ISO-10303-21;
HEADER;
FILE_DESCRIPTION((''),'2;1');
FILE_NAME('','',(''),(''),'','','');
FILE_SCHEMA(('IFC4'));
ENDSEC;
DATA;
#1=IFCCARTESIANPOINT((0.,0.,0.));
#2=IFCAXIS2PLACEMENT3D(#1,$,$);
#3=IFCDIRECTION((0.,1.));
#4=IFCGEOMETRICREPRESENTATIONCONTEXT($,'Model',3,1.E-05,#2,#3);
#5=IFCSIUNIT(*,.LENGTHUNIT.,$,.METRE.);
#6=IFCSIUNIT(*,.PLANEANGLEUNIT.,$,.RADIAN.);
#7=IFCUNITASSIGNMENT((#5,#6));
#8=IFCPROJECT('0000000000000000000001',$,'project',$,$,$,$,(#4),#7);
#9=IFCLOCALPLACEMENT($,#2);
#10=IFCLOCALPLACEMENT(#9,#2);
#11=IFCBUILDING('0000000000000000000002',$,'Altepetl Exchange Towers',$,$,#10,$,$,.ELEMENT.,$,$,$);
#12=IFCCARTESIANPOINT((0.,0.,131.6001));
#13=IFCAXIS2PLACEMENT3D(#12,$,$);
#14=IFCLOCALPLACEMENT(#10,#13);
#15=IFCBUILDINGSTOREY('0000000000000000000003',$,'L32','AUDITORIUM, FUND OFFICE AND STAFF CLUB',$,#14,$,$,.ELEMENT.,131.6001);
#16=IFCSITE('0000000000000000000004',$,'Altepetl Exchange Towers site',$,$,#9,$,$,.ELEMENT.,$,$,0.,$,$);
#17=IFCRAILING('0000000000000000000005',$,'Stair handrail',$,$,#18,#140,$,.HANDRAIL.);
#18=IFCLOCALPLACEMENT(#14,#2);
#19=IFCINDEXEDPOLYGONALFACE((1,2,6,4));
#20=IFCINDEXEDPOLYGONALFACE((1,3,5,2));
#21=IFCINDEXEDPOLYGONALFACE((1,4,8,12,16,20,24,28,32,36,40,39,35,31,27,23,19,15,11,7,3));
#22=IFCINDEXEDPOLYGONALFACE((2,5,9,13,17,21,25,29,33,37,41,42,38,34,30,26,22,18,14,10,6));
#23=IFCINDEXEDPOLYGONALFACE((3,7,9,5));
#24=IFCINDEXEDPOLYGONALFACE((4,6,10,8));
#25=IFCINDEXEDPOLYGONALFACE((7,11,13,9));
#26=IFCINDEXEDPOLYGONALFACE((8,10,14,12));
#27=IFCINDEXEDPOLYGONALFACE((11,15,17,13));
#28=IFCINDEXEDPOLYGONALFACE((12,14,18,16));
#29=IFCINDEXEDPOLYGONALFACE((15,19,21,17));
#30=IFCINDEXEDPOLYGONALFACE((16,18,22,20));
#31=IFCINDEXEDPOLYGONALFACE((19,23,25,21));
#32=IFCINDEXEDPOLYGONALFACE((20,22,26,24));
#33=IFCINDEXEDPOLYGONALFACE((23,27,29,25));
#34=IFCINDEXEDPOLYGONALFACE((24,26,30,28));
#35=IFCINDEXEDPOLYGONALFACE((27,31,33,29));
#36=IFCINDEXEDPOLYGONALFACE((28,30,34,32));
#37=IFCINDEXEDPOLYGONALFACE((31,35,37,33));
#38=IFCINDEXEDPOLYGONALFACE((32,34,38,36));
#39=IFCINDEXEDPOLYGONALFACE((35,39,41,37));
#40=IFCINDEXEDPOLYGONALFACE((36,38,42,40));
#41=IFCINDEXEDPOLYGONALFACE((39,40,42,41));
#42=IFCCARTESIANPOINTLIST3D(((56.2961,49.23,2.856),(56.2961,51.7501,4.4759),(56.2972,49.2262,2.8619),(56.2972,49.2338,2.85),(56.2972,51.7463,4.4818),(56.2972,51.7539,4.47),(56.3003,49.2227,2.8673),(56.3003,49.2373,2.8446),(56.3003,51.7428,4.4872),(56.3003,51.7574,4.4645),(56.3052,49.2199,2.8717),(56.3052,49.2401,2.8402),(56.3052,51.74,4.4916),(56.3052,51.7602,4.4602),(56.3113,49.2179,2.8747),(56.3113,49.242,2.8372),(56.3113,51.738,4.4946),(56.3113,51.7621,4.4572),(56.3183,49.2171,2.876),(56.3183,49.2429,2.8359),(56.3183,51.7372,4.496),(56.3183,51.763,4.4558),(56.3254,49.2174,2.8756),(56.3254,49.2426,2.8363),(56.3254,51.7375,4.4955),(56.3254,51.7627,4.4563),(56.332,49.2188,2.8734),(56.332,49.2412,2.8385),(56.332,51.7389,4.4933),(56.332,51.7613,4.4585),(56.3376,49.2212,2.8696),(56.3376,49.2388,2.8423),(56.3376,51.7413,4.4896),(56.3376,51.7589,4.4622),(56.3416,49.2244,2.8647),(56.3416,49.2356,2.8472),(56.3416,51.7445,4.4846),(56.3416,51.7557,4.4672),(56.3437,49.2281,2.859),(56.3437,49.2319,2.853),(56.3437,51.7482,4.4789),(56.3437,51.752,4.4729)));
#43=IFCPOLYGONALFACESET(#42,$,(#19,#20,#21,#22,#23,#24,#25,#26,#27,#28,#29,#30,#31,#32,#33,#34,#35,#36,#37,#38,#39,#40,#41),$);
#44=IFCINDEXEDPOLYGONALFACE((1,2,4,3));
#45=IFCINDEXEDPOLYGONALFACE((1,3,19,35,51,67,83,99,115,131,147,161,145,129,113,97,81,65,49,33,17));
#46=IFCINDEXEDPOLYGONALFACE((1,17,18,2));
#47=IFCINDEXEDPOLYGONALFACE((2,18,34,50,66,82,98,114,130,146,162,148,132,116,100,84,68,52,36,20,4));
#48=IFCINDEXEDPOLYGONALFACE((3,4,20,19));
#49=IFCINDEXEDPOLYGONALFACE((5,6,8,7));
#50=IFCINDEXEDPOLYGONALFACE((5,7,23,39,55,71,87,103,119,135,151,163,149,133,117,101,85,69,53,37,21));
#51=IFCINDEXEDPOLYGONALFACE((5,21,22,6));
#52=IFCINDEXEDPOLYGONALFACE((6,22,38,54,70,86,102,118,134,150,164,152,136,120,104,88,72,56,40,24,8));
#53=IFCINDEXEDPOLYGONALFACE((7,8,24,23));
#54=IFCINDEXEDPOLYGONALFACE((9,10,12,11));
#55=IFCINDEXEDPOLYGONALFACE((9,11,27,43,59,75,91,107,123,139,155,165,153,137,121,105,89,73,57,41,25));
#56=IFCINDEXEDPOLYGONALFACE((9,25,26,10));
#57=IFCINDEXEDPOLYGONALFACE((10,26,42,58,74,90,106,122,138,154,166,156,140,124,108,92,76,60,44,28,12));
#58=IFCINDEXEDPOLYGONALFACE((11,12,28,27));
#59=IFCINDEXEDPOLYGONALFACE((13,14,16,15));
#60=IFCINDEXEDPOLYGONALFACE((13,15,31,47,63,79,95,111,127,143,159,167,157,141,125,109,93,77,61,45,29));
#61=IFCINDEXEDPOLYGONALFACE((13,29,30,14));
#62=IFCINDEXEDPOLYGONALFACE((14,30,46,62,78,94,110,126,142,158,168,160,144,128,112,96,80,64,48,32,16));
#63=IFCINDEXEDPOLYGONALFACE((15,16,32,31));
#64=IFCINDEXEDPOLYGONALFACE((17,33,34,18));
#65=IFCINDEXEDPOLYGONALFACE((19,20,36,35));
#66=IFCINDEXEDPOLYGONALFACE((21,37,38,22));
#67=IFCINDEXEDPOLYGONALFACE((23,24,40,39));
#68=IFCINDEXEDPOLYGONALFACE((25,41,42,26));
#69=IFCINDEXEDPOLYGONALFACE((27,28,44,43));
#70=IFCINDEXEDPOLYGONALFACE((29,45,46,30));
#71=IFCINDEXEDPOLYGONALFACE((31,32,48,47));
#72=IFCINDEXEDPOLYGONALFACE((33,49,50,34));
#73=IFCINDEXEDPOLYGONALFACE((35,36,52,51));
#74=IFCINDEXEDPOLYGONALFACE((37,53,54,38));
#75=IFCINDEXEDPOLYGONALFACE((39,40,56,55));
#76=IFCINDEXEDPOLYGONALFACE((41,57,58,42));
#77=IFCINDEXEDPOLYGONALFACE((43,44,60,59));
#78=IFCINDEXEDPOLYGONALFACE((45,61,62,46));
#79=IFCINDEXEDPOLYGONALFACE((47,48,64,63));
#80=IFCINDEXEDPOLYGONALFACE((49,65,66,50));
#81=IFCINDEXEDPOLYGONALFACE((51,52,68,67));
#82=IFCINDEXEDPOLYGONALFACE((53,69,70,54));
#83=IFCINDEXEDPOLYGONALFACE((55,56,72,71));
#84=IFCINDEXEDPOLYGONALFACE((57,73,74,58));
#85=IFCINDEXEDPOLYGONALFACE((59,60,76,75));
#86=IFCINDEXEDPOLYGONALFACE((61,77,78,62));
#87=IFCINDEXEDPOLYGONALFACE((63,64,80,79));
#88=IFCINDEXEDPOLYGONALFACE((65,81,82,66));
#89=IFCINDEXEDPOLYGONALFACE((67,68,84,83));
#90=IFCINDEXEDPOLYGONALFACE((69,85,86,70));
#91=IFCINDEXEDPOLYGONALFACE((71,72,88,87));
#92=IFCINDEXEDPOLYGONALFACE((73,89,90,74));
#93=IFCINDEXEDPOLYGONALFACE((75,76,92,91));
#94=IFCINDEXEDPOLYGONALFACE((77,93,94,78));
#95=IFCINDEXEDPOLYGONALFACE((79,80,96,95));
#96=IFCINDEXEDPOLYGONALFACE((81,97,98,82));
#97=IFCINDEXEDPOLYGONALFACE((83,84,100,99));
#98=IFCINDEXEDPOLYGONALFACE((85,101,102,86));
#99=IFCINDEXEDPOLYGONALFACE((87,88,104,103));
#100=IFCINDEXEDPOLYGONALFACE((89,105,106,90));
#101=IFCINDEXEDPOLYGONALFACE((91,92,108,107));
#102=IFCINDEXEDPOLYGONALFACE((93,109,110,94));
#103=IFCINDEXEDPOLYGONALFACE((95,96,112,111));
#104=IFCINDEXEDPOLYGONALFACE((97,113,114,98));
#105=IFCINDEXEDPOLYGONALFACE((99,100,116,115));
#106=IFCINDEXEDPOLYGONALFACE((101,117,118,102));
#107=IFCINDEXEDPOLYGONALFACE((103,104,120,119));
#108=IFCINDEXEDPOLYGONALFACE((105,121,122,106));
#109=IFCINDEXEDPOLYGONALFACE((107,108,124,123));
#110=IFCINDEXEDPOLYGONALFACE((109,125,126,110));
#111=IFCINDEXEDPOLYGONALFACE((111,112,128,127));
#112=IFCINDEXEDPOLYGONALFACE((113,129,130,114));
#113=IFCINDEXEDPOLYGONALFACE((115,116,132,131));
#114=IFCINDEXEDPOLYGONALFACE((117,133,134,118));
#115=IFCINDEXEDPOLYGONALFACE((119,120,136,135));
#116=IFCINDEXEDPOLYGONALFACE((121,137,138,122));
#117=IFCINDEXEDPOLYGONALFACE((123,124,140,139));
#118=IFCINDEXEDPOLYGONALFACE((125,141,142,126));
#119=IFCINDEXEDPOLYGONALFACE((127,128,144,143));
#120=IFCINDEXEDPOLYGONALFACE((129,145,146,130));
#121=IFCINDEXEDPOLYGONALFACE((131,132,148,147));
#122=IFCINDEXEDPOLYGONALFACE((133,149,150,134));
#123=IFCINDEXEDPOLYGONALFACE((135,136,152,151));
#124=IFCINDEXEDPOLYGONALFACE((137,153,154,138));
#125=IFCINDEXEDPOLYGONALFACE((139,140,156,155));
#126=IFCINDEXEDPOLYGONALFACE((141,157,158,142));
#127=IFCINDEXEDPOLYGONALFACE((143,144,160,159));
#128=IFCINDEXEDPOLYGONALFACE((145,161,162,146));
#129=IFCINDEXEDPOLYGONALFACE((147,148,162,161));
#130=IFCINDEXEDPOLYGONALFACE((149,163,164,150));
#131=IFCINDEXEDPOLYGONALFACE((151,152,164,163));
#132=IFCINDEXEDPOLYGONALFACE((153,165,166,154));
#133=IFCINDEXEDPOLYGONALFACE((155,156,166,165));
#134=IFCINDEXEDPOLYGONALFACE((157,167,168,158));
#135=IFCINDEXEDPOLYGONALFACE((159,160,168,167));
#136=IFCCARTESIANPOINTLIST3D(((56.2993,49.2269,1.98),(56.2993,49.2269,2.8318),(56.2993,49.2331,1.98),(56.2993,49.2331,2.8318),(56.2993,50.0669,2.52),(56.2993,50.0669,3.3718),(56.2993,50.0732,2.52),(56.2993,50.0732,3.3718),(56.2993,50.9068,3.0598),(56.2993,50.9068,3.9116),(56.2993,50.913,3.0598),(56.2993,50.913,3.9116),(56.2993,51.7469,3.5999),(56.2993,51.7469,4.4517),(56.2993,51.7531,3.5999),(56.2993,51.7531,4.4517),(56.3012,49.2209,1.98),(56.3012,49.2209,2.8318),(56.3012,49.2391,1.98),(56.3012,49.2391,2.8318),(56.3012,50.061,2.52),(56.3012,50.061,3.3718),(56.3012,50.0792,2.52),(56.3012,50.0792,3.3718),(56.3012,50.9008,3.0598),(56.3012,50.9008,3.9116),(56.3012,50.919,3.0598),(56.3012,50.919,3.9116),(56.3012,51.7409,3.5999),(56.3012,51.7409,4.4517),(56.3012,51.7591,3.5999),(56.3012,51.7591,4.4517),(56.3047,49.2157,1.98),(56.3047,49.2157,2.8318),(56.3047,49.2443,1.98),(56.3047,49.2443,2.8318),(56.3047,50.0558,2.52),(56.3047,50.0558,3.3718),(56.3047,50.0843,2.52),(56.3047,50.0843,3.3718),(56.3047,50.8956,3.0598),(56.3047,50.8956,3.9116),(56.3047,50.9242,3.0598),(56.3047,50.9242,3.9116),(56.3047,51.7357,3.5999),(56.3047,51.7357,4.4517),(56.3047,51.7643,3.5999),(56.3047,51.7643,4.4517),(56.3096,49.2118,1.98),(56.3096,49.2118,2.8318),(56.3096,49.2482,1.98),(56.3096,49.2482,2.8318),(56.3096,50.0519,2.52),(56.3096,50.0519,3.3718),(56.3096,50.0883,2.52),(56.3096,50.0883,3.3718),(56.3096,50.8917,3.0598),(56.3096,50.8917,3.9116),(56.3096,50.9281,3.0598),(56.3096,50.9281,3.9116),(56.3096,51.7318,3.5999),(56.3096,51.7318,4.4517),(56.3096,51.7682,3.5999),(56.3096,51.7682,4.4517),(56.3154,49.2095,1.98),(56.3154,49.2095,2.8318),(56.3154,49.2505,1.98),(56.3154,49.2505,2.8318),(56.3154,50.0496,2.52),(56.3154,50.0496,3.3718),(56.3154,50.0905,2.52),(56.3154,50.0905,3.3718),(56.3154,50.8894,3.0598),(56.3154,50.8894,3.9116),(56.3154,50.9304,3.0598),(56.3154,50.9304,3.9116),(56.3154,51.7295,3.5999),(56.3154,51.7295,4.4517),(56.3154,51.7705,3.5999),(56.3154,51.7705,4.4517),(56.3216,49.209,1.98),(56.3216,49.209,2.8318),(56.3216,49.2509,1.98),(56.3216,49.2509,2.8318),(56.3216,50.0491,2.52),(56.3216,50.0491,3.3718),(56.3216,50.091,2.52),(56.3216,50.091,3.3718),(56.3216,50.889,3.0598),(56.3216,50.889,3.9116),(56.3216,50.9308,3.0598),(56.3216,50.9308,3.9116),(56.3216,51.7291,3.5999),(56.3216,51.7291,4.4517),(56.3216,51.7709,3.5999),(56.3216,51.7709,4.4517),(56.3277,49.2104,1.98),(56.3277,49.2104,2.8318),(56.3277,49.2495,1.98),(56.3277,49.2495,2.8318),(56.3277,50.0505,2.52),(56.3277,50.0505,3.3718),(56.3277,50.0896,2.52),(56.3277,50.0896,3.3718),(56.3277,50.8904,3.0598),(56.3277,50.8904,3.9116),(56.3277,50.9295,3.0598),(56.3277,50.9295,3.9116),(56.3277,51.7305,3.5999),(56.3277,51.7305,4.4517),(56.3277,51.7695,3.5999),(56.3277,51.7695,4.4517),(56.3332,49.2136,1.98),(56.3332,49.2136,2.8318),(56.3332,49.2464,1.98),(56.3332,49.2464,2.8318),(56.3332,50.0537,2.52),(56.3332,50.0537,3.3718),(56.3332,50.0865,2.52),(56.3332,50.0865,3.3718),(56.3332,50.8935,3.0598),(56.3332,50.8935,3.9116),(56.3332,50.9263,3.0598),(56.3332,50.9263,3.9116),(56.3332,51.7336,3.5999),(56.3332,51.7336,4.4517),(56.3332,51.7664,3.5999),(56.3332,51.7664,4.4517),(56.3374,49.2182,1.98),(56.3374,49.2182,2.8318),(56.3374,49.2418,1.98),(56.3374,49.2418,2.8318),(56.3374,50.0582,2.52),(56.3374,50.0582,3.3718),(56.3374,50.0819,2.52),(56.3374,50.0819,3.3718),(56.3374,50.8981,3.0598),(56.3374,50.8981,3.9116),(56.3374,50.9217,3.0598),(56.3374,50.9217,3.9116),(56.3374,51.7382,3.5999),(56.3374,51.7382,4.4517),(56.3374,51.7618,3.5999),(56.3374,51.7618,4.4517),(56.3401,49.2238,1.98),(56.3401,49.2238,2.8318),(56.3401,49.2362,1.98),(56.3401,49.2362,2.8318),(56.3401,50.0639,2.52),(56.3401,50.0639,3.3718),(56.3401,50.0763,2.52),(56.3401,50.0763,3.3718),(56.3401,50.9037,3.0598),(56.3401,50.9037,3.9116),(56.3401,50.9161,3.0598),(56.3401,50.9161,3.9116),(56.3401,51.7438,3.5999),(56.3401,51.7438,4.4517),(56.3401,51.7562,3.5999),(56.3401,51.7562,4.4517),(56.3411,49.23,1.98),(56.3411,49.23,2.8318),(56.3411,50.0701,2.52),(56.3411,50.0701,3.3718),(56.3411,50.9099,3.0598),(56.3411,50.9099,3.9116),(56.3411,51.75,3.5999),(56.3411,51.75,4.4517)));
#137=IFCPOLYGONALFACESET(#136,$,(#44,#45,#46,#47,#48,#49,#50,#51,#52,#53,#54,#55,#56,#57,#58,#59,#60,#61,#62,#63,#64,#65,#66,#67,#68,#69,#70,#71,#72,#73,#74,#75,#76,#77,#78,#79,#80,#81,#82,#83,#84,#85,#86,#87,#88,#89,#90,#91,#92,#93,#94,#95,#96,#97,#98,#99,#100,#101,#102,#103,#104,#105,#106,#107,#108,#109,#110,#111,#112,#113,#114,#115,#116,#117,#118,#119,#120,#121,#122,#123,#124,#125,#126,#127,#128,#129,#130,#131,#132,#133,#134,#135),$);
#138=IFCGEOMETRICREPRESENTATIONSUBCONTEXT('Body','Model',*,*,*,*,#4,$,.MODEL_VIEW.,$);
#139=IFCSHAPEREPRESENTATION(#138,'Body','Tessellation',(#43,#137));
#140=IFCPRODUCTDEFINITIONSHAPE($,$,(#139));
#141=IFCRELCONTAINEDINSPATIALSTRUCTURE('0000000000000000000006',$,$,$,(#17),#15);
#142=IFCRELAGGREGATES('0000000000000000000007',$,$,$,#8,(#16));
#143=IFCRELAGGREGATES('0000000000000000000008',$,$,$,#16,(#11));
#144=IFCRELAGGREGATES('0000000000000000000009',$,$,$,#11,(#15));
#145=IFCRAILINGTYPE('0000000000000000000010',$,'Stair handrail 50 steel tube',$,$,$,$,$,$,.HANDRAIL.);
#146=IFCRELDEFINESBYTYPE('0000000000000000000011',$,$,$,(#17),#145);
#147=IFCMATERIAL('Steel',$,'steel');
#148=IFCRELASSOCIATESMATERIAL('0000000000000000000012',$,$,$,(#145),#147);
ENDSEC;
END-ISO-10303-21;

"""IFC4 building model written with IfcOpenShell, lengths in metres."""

from ifc_helpers import new_model, si_unit, direction, frame, origin, origin_2d, place, context, subcontext, project, spatial, circle, extrude, source, transform, mapped, material, type_object, element, save


model = new_model("IFC4")

# Units and contexts
model_context = context("Model", 3, precision=1e-05, world=origin(), true_north=direction((0.0, 1.0)))
body_context = subcontext(model_context, "Body", "Model", "MODEL_VIEW")
ifc_project = project(units=[si_unit("LENGTHUNIT", "METRE"), si_unit("PLANEANGLEUNIT", "RADIAN")], contexts=[model_context])

# Site, building, storey
site_placement = place(None, origin())
site = spatial("IfcSite", under=ifc_project, at=site_placement, Name="Altepetl Exchange Towers site", CompositionType="ELEMENT", RefElevation=0.0)
building_placement = place(site_placement, origin())
building = spatial("IfcBuilding", under=site, at=building_placement, Name="Altepetl Exchange Towers", CompositionType="ELEMENT")
storey_placement = place(building_placement, frame((0.0, 0.0, 131.6001)))
storey = spatial("IfcBuildingStorey", under=building, at=storey_placement, Name="L32", Description="AUDITORIUM, FUND OFFICE AND STAFF CLUB", CompositionType="ELEMENT", Elevation=131.6001)

# Railing
ifc_material_1 = material(Name="Steel", Category="steel")
railing_type = type_object("IfcRailingType", Name="Stair handrail 50 steel tube", PredefinedType="HANDRAIL", material=ifc_material_1)
shared_shape = source(origin(), body_context, "Body", "SweptSolid", [
    extrude(circle(Radius=0.021, at=origin_2d()), origin(), (0.0, 0.0, 1.0), 0.8518),
])
railing_1_placement = place(storey_placement, frame((56.3201, 49.23, 1.98)))
element("IfcRailing", 1, at=railing_1_placement, inside=storey, type_object=railing_type, Name="Stair handrail", PredefinedType="HANDRAIL", context=body_context, shape_type="SweptSolid", body=[
    extrude(circle(Radius=0.0239, at=origin_2d()), frame((0.0, 0.0, 0.876), z_axis=(0.0, 0.8412, 0.540725), x_axis=(-1.0, 0.0, 0.0)), (0.0, 0.0, 1.0), 2.9958),
    mapped(shared_shape, transform((0.0, 0.0, 0.0))),
    mapped(shared_shape, transform((0.0, 0.8401, 0.54))),
    mapped(shared_shape, transform((0.0, 1.6799, 1.0798))),
    mapped(shared_shape, transform((0.0, 2.52, 1.6199))),
])

save(model, "model.ifc")
